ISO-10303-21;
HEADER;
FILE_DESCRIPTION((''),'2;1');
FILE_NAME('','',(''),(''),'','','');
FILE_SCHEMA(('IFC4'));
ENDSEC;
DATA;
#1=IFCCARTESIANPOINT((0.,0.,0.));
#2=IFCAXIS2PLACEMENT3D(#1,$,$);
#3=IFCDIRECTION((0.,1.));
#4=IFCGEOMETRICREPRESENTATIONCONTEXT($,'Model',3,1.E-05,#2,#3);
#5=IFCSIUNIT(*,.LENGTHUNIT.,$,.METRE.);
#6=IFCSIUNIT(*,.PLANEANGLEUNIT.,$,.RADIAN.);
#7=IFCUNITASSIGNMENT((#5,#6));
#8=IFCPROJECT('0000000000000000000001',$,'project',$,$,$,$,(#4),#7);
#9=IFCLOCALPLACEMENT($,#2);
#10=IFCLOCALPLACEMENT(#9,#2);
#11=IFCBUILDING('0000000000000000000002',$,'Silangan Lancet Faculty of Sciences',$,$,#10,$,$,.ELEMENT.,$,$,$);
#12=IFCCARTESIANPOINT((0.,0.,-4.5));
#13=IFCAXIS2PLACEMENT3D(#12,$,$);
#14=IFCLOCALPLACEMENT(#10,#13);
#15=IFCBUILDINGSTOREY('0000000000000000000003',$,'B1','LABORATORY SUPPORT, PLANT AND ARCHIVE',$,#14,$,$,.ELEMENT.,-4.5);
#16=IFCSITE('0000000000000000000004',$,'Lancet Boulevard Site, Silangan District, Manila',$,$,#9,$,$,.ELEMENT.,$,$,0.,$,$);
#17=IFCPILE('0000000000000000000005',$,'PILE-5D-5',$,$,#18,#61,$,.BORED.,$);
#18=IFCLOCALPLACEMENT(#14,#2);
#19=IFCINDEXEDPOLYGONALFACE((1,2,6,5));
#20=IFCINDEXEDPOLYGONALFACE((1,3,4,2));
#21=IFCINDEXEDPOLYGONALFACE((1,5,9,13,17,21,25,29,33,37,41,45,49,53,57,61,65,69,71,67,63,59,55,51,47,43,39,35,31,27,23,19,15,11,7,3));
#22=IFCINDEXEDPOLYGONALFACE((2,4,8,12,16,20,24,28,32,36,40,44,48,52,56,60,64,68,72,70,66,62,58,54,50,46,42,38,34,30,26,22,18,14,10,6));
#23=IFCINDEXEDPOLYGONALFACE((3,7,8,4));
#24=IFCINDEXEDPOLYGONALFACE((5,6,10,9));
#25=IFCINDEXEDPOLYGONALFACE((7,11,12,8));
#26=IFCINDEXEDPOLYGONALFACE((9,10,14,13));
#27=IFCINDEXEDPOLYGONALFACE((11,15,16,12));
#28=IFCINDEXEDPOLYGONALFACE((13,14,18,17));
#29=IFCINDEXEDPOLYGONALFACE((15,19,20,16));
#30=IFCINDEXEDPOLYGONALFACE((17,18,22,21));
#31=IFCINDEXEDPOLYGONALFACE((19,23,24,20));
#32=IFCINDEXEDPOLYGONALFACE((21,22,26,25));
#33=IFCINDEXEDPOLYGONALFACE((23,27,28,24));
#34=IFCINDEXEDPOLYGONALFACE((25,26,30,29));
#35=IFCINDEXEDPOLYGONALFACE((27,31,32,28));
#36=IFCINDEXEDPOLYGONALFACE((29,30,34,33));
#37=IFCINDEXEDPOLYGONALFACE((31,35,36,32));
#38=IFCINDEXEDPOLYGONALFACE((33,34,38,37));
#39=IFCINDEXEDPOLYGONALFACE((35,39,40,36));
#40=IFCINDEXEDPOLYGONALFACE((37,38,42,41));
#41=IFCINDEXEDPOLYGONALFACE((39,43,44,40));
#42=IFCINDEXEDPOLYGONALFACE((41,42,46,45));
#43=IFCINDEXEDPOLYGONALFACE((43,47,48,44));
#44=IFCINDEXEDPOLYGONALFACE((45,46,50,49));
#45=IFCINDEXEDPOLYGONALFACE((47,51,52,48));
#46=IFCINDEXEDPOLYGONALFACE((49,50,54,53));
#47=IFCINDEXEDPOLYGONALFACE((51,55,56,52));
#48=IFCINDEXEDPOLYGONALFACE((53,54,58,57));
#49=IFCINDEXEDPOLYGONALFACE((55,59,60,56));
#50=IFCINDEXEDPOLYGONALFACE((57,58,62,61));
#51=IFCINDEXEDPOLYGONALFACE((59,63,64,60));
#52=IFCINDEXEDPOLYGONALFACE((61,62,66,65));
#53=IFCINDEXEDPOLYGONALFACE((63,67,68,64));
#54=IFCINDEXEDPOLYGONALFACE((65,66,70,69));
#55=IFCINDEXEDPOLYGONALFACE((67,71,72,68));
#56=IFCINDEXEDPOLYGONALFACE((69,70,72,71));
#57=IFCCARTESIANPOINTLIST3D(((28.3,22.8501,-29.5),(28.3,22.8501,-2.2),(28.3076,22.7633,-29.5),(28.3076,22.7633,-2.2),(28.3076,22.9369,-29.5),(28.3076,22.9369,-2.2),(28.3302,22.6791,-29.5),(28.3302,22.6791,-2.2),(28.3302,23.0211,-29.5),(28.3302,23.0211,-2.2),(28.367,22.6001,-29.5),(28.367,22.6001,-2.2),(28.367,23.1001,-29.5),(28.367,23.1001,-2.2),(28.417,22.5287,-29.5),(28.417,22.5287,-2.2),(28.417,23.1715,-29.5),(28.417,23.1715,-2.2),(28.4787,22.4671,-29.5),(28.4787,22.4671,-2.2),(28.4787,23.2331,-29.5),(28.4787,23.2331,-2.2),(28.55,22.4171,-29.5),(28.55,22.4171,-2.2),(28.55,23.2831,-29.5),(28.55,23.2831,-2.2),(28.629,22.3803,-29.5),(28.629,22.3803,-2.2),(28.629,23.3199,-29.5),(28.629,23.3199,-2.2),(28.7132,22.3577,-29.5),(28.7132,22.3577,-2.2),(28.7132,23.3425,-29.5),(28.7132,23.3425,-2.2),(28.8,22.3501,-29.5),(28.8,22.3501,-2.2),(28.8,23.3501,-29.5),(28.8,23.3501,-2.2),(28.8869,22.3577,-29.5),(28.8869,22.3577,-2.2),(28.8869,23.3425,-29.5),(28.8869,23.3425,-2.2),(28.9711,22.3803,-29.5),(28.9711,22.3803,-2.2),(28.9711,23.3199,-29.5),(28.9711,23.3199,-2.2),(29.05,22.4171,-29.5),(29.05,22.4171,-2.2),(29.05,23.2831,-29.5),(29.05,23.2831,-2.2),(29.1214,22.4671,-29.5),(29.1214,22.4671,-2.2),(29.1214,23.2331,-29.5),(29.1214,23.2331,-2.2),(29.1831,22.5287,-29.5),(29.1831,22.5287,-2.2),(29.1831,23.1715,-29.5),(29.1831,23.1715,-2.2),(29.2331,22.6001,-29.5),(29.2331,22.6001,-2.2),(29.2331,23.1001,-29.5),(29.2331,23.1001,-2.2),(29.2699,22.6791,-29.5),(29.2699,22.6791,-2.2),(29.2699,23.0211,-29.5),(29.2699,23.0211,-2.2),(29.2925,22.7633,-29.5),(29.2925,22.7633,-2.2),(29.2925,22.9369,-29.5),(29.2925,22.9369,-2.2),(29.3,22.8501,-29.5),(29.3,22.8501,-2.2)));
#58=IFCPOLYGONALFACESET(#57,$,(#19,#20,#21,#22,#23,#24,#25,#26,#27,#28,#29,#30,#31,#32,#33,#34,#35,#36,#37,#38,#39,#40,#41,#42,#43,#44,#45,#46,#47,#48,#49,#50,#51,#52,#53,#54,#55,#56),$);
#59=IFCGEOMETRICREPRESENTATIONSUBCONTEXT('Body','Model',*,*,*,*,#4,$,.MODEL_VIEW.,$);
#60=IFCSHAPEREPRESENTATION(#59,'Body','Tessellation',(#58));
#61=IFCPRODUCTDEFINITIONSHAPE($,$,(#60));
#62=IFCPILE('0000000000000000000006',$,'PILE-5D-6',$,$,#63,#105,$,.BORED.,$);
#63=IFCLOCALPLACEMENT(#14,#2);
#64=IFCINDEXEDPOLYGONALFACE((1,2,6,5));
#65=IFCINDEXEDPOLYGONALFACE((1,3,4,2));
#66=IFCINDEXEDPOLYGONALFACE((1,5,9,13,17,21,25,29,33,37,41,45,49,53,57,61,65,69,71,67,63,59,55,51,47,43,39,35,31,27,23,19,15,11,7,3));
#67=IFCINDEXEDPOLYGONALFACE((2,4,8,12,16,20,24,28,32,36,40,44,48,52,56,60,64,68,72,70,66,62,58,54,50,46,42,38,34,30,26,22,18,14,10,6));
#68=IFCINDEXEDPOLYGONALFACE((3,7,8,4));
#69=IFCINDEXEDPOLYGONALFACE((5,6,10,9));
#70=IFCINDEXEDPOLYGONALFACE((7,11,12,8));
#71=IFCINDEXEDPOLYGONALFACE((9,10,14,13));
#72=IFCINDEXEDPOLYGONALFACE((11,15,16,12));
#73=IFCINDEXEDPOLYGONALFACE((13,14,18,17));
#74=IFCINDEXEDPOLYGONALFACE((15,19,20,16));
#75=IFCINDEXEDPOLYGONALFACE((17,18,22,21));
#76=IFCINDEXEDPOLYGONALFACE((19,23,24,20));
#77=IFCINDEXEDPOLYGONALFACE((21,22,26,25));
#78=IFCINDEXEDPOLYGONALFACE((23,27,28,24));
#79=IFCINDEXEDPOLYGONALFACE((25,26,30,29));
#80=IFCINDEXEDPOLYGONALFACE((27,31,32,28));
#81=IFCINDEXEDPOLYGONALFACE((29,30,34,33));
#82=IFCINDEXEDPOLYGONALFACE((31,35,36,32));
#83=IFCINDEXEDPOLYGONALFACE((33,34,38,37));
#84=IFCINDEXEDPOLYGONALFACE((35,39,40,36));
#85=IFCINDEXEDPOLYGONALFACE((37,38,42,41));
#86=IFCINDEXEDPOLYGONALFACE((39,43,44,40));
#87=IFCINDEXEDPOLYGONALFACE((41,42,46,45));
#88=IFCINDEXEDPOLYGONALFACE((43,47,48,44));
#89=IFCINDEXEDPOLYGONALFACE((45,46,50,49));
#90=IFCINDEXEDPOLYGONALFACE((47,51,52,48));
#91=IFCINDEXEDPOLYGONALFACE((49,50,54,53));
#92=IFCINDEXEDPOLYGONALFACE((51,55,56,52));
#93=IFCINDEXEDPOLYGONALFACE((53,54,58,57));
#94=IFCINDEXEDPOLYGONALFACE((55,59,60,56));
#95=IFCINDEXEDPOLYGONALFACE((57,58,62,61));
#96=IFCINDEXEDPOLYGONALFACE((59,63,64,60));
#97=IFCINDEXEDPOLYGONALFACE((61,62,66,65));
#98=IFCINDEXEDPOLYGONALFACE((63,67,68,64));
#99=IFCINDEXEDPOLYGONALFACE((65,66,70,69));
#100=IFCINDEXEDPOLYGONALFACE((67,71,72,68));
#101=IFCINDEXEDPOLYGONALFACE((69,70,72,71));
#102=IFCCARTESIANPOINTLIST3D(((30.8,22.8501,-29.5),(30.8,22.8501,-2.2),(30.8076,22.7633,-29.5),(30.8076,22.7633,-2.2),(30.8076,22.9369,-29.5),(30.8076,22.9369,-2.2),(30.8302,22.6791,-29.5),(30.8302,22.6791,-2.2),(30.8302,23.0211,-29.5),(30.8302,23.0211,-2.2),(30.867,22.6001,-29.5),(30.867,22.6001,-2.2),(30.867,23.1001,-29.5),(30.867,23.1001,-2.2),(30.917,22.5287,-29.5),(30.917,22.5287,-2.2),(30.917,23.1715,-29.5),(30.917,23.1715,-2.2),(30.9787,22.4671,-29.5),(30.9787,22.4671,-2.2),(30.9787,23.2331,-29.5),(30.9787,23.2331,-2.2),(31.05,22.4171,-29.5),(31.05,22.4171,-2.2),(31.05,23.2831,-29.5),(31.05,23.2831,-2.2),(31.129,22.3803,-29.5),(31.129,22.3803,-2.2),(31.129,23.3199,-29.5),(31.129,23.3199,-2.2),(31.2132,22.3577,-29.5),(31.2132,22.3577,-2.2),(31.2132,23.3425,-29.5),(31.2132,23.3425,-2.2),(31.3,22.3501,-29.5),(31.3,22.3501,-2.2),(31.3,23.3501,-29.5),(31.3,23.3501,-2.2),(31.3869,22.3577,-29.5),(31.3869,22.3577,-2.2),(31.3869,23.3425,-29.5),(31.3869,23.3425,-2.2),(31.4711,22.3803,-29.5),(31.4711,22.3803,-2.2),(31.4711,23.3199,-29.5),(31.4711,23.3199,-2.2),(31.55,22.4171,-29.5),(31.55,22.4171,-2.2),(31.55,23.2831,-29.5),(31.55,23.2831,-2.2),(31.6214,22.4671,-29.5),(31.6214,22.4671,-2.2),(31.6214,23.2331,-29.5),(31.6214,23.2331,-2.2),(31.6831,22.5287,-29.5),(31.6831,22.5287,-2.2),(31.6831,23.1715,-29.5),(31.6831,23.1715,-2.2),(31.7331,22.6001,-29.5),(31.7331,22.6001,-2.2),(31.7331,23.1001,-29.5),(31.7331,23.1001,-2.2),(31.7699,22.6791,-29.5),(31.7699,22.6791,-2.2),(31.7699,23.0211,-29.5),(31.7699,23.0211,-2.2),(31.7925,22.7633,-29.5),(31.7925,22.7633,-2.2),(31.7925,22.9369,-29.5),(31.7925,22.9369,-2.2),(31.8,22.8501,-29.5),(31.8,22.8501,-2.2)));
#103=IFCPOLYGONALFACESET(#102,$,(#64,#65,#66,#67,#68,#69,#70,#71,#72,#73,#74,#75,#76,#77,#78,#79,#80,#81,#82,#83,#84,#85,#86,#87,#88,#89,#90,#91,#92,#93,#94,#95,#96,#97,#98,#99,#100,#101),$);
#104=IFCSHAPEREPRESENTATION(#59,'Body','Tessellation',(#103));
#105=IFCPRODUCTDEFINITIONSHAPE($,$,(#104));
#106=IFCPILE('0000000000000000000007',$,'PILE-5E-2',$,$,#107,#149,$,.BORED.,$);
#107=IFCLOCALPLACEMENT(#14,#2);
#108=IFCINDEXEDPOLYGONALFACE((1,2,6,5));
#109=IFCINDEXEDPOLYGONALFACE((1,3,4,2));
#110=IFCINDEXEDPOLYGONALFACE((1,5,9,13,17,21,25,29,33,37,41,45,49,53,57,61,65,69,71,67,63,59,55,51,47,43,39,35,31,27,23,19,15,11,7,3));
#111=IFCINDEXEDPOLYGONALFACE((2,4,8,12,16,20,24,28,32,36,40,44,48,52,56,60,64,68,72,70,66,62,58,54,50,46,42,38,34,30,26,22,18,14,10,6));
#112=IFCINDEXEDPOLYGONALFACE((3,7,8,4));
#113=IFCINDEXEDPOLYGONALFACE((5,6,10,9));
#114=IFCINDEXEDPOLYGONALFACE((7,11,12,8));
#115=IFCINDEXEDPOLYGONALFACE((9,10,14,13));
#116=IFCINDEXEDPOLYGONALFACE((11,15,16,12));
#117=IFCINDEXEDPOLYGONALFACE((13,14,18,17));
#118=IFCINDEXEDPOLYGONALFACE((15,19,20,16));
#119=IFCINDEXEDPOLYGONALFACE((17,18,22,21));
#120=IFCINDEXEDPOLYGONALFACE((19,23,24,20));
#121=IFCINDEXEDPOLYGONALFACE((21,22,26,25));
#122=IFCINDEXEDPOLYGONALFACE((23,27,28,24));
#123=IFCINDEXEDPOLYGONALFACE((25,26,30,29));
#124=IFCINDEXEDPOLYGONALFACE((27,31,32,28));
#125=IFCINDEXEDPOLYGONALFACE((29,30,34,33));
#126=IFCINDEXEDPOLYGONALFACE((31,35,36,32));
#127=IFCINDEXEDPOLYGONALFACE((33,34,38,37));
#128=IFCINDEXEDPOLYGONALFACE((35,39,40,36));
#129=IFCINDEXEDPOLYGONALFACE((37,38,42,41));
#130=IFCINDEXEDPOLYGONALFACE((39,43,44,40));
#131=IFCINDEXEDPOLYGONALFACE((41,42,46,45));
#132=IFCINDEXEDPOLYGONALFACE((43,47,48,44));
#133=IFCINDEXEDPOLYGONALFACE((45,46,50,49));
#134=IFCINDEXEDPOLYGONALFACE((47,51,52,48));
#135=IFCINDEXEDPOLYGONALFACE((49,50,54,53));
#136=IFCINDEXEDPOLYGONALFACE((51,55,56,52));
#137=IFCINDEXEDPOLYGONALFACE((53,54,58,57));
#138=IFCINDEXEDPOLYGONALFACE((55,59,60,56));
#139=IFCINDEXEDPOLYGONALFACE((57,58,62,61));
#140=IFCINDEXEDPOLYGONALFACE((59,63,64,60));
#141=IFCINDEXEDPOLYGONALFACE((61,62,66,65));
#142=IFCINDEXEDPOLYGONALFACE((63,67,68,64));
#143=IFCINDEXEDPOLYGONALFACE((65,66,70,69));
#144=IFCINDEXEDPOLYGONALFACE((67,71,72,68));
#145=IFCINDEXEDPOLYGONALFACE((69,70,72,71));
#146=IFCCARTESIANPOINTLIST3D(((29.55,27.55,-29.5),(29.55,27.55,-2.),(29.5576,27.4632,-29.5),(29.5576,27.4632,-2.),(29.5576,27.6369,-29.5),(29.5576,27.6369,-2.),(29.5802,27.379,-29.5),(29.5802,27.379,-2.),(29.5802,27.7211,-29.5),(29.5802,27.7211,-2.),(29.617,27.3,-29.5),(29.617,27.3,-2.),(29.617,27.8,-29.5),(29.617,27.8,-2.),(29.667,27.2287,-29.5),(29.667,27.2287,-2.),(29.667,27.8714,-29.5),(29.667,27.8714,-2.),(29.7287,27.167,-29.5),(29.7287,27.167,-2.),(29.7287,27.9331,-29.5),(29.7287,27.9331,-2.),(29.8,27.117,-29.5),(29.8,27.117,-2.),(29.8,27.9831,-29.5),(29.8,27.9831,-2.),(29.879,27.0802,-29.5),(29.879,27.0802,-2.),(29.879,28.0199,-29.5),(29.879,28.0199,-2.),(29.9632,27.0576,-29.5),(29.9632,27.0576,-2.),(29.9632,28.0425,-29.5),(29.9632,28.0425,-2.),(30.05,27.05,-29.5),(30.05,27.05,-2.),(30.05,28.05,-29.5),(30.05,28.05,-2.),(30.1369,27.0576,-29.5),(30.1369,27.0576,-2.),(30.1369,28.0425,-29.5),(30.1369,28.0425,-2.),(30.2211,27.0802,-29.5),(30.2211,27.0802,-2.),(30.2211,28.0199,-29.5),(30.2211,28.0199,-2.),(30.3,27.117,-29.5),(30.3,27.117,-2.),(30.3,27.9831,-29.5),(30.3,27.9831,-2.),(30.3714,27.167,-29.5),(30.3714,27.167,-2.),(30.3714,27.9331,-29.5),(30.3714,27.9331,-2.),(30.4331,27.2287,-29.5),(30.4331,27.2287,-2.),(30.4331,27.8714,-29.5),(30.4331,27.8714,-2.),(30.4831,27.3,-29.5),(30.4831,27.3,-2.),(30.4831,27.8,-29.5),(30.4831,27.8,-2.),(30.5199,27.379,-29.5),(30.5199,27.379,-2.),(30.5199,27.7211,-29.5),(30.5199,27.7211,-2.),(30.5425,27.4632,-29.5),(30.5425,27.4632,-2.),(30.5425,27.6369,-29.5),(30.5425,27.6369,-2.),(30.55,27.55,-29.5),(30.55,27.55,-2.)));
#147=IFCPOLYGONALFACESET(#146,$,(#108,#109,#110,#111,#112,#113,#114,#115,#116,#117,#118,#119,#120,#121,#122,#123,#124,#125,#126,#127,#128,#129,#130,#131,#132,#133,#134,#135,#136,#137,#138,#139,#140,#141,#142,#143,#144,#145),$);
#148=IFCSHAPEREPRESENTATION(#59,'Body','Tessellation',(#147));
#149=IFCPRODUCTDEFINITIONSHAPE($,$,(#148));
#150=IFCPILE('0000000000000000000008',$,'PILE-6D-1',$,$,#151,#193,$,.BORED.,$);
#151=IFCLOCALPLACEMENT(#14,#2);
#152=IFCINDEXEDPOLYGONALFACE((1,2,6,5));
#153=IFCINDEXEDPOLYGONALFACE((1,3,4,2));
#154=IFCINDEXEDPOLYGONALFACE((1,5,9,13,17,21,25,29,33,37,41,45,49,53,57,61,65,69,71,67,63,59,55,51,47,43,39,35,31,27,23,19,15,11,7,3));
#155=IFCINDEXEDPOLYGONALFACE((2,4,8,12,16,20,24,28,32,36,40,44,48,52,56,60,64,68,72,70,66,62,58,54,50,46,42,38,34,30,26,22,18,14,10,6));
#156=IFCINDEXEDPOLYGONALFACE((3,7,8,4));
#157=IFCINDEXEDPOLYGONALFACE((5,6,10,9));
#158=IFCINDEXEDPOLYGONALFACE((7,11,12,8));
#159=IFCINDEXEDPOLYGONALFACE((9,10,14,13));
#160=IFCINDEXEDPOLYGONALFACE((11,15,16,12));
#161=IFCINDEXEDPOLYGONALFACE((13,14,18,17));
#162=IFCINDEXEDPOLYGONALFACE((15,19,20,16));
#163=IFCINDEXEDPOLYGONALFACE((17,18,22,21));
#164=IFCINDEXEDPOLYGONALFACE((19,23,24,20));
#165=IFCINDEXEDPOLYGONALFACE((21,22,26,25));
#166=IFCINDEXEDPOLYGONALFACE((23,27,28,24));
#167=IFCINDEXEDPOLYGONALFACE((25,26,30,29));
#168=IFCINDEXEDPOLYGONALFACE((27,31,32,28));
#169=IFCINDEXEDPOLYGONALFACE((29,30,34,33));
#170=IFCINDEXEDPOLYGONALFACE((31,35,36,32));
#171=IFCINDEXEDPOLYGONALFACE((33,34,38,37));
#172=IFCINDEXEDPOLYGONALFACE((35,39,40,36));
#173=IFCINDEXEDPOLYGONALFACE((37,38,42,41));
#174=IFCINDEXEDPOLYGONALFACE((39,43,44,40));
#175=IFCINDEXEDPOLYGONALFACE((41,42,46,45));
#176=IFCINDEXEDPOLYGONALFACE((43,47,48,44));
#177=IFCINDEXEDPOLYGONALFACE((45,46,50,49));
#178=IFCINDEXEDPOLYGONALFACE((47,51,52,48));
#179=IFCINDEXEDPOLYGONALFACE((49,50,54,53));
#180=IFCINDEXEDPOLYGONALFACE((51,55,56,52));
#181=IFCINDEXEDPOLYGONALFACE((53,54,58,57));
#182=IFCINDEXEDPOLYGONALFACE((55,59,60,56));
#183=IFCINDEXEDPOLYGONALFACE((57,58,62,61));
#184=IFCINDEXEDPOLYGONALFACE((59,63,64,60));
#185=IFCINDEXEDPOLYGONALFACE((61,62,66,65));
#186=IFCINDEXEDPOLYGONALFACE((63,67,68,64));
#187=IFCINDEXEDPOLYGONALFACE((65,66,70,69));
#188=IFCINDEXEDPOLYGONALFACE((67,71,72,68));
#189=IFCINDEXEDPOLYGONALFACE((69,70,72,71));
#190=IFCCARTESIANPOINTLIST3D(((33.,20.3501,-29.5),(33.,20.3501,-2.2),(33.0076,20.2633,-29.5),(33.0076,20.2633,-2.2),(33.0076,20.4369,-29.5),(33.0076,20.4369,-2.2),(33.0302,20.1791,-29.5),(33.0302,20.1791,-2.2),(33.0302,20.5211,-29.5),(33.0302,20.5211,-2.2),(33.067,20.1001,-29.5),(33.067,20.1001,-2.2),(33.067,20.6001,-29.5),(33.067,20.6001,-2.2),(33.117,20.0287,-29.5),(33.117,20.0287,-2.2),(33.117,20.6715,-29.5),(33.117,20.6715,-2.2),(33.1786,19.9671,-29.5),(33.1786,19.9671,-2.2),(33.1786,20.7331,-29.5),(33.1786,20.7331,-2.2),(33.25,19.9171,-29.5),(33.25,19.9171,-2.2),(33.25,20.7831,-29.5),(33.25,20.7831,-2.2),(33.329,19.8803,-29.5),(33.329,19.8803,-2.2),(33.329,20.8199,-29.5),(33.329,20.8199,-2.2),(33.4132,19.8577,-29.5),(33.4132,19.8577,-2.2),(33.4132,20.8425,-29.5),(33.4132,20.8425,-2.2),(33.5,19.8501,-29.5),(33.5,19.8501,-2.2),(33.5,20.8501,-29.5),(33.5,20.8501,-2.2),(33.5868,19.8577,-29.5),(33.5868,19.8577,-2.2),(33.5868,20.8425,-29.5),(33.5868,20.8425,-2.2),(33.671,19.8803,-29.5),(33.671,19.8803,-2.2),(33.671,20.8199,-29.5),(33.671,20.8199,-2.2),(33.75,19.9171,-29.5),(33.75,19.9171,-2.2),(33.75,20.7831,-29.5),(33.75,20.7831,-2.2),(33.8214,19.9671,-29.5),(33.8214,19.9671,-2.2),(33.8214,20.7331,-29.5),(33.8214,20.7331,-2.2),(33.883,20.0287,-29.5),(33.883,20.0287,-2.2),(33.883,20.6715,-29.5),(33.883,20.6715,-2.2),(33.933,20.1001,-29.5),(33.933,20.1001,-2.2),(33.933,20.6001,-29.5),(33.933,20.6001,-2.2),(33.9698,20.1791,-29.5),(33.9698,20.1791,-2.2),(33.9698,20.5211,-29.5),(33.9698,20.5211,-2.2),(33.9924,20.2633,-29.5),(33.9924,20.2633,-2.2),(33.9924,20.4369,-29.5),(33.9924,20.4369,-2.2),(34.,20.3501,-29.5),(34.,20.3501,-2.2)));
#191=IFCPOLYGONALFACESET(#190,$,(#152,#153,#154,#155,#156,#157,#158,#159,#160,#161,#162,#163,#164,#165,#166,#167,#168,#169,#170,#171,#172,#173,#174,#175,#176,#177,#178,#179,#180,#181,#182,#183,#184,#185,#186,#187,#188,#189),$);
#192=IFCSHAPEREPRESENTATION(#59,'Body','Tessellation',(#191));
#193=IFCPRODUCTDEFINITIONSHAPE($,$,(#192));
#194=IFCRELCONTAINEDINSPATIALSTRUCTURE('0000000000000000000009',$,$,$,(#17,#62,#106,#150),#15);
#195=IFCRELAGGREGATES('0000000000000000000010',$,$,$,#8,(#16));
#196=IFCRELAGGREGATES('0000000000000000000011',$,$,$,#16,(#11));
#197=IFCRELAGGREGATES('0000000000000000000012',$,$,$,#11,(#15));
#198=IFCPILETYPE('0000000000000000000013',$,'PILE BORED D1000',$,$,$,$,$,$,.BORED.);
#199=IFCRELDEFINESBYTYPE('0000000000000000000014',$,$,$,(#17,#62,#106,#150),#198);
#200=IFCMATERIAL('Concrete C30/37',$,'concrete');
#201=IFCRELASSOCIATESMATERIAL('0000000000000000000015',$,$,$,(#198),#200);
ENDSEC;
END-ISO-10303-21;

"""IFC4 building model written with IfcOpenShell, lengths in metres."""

from ifc_helpers import new_model, si_unit, direction, frame, origin, origin_2d, place, context, subcontext, project, spatial, circle, extrude, material, material_profile, profile_set, type_object, element, save


model = new_model("IFC4")

# Units and contexts
model_context = context("Model", 3, precision=1e-05, world=origin(), true_north=direction((0.0, 1.0)))
body_context = subcontext(model_context, "Body", "Model", "MODEL_VIEW")
ifc_project = project(units=[si_unit("LENGTHUNIT", "METRE"), si_unit("PLANEANGLEUNIT", "RADIAN")], contexts=[model_context])

# Site, building, storey
site_placement = place(None, origin())
site = spatial("IfcSite", under=ifc_project, at=site_placement, Name="Lancet Boulevard Site, Silangan District, Manila", CompositionType="ELEMENT", RefElevation=0.0)
building_placement = place(site_placement, origin())
building = spatial("IfcBuilding", under=site, at=building_placement, Name="Silangan Lancet Faculty of Sciences", CompositionType="ELEMENT")
storey_placement = place(building_placement, frame((0.0, 0.0, -4.5)))
storey = spatial("IfcBuildingStorey", under=building, at=storey_placement, Name="B1", Description="LABORATORY SUPPORT, PLANT AND ARCHIVE", CompositionType="ELEMENT", Elevation=-4.5)

# Piles
ifc_material_1 = material(Name="Concrete C30/37", Category="concrete")
ifc_material_profile_1 = material_profile(ifc_material_1, circle(Radius=0.5, at=origin_2d()), Name="BORED PILE D1000")
ifc_profile_set_1 = profile_set([ifc_material_profile_1], Name="Concrete C30/37")
pile_type = type_object("IfcPileType", Name="PILE BORED D1000", PredefinedType="BORED", material=ifc_profile_set_1)
for number, where, z_axis, x_axis, name in (
    (1, (28.8, 22.8501, -2.2), (0.0, 0.0, -1.0), (1.0, 0.0, 0.0), "PILE-5D-5"),
    (2, (31.3, 22.8501, -2.2), (0.0, 0.0, -1.0), (1.0, 0.0, 0.0), "PILE-5D-6"),
):
    element("IfcPile", number, at=place(storey_placement, frame(where, z_axis=z_axis, x_axis=x_axis)), inside=storey, type_object=pile_type, Name=name, PredefinedType="BORED", context=body_context, shape_type="SweptSolid", body=[
        extrude(circle(Radius=0.5, at=origin_2d()), origin(), (0.0, 0.0, 1.0), 27.3),
    ])
pile_placement = place(storey_placement, frame((30.05, 27.55, -2.0), z_axis=(0.0, 0.0, -1.0), x_axis=(1.0, 0.0, 0.0)))
element("IfcPile", 3, at=pile_placement, inside=storey, type_object=pile_type, Name="PILE-5E-2", PredefinedType="BORED", context=body_context, shape_type="SweptSolid", body=[
    extrude(circle(Radius=0.5, at=origin_2d()), origin(), (0.0, 0.0, 1.0), 27.5),
])
for number, where, z_axis, x_axis, name in (
    (4, (33.5, 20.3501, -2.2), (0.0, 0.0, -1.0), (1.0, 0.0, 0.0), "PILE-6D-1"),
):
    element("IfcPile", number, at=place(storey_placement, frame(where, z_axis=z_axis, x_axis=x_axis)), inside=storey, type_object=pile_type, Name=name, PredefinedType="BORED", context=body_context, shape_type="SweptSolid", body=[
        extrude(circle(Radius=0.5, at=origin_2d()), origin(), (0.0, 0.0, 1.0), 27.3),
    ])

save(model, "model.ifc")
